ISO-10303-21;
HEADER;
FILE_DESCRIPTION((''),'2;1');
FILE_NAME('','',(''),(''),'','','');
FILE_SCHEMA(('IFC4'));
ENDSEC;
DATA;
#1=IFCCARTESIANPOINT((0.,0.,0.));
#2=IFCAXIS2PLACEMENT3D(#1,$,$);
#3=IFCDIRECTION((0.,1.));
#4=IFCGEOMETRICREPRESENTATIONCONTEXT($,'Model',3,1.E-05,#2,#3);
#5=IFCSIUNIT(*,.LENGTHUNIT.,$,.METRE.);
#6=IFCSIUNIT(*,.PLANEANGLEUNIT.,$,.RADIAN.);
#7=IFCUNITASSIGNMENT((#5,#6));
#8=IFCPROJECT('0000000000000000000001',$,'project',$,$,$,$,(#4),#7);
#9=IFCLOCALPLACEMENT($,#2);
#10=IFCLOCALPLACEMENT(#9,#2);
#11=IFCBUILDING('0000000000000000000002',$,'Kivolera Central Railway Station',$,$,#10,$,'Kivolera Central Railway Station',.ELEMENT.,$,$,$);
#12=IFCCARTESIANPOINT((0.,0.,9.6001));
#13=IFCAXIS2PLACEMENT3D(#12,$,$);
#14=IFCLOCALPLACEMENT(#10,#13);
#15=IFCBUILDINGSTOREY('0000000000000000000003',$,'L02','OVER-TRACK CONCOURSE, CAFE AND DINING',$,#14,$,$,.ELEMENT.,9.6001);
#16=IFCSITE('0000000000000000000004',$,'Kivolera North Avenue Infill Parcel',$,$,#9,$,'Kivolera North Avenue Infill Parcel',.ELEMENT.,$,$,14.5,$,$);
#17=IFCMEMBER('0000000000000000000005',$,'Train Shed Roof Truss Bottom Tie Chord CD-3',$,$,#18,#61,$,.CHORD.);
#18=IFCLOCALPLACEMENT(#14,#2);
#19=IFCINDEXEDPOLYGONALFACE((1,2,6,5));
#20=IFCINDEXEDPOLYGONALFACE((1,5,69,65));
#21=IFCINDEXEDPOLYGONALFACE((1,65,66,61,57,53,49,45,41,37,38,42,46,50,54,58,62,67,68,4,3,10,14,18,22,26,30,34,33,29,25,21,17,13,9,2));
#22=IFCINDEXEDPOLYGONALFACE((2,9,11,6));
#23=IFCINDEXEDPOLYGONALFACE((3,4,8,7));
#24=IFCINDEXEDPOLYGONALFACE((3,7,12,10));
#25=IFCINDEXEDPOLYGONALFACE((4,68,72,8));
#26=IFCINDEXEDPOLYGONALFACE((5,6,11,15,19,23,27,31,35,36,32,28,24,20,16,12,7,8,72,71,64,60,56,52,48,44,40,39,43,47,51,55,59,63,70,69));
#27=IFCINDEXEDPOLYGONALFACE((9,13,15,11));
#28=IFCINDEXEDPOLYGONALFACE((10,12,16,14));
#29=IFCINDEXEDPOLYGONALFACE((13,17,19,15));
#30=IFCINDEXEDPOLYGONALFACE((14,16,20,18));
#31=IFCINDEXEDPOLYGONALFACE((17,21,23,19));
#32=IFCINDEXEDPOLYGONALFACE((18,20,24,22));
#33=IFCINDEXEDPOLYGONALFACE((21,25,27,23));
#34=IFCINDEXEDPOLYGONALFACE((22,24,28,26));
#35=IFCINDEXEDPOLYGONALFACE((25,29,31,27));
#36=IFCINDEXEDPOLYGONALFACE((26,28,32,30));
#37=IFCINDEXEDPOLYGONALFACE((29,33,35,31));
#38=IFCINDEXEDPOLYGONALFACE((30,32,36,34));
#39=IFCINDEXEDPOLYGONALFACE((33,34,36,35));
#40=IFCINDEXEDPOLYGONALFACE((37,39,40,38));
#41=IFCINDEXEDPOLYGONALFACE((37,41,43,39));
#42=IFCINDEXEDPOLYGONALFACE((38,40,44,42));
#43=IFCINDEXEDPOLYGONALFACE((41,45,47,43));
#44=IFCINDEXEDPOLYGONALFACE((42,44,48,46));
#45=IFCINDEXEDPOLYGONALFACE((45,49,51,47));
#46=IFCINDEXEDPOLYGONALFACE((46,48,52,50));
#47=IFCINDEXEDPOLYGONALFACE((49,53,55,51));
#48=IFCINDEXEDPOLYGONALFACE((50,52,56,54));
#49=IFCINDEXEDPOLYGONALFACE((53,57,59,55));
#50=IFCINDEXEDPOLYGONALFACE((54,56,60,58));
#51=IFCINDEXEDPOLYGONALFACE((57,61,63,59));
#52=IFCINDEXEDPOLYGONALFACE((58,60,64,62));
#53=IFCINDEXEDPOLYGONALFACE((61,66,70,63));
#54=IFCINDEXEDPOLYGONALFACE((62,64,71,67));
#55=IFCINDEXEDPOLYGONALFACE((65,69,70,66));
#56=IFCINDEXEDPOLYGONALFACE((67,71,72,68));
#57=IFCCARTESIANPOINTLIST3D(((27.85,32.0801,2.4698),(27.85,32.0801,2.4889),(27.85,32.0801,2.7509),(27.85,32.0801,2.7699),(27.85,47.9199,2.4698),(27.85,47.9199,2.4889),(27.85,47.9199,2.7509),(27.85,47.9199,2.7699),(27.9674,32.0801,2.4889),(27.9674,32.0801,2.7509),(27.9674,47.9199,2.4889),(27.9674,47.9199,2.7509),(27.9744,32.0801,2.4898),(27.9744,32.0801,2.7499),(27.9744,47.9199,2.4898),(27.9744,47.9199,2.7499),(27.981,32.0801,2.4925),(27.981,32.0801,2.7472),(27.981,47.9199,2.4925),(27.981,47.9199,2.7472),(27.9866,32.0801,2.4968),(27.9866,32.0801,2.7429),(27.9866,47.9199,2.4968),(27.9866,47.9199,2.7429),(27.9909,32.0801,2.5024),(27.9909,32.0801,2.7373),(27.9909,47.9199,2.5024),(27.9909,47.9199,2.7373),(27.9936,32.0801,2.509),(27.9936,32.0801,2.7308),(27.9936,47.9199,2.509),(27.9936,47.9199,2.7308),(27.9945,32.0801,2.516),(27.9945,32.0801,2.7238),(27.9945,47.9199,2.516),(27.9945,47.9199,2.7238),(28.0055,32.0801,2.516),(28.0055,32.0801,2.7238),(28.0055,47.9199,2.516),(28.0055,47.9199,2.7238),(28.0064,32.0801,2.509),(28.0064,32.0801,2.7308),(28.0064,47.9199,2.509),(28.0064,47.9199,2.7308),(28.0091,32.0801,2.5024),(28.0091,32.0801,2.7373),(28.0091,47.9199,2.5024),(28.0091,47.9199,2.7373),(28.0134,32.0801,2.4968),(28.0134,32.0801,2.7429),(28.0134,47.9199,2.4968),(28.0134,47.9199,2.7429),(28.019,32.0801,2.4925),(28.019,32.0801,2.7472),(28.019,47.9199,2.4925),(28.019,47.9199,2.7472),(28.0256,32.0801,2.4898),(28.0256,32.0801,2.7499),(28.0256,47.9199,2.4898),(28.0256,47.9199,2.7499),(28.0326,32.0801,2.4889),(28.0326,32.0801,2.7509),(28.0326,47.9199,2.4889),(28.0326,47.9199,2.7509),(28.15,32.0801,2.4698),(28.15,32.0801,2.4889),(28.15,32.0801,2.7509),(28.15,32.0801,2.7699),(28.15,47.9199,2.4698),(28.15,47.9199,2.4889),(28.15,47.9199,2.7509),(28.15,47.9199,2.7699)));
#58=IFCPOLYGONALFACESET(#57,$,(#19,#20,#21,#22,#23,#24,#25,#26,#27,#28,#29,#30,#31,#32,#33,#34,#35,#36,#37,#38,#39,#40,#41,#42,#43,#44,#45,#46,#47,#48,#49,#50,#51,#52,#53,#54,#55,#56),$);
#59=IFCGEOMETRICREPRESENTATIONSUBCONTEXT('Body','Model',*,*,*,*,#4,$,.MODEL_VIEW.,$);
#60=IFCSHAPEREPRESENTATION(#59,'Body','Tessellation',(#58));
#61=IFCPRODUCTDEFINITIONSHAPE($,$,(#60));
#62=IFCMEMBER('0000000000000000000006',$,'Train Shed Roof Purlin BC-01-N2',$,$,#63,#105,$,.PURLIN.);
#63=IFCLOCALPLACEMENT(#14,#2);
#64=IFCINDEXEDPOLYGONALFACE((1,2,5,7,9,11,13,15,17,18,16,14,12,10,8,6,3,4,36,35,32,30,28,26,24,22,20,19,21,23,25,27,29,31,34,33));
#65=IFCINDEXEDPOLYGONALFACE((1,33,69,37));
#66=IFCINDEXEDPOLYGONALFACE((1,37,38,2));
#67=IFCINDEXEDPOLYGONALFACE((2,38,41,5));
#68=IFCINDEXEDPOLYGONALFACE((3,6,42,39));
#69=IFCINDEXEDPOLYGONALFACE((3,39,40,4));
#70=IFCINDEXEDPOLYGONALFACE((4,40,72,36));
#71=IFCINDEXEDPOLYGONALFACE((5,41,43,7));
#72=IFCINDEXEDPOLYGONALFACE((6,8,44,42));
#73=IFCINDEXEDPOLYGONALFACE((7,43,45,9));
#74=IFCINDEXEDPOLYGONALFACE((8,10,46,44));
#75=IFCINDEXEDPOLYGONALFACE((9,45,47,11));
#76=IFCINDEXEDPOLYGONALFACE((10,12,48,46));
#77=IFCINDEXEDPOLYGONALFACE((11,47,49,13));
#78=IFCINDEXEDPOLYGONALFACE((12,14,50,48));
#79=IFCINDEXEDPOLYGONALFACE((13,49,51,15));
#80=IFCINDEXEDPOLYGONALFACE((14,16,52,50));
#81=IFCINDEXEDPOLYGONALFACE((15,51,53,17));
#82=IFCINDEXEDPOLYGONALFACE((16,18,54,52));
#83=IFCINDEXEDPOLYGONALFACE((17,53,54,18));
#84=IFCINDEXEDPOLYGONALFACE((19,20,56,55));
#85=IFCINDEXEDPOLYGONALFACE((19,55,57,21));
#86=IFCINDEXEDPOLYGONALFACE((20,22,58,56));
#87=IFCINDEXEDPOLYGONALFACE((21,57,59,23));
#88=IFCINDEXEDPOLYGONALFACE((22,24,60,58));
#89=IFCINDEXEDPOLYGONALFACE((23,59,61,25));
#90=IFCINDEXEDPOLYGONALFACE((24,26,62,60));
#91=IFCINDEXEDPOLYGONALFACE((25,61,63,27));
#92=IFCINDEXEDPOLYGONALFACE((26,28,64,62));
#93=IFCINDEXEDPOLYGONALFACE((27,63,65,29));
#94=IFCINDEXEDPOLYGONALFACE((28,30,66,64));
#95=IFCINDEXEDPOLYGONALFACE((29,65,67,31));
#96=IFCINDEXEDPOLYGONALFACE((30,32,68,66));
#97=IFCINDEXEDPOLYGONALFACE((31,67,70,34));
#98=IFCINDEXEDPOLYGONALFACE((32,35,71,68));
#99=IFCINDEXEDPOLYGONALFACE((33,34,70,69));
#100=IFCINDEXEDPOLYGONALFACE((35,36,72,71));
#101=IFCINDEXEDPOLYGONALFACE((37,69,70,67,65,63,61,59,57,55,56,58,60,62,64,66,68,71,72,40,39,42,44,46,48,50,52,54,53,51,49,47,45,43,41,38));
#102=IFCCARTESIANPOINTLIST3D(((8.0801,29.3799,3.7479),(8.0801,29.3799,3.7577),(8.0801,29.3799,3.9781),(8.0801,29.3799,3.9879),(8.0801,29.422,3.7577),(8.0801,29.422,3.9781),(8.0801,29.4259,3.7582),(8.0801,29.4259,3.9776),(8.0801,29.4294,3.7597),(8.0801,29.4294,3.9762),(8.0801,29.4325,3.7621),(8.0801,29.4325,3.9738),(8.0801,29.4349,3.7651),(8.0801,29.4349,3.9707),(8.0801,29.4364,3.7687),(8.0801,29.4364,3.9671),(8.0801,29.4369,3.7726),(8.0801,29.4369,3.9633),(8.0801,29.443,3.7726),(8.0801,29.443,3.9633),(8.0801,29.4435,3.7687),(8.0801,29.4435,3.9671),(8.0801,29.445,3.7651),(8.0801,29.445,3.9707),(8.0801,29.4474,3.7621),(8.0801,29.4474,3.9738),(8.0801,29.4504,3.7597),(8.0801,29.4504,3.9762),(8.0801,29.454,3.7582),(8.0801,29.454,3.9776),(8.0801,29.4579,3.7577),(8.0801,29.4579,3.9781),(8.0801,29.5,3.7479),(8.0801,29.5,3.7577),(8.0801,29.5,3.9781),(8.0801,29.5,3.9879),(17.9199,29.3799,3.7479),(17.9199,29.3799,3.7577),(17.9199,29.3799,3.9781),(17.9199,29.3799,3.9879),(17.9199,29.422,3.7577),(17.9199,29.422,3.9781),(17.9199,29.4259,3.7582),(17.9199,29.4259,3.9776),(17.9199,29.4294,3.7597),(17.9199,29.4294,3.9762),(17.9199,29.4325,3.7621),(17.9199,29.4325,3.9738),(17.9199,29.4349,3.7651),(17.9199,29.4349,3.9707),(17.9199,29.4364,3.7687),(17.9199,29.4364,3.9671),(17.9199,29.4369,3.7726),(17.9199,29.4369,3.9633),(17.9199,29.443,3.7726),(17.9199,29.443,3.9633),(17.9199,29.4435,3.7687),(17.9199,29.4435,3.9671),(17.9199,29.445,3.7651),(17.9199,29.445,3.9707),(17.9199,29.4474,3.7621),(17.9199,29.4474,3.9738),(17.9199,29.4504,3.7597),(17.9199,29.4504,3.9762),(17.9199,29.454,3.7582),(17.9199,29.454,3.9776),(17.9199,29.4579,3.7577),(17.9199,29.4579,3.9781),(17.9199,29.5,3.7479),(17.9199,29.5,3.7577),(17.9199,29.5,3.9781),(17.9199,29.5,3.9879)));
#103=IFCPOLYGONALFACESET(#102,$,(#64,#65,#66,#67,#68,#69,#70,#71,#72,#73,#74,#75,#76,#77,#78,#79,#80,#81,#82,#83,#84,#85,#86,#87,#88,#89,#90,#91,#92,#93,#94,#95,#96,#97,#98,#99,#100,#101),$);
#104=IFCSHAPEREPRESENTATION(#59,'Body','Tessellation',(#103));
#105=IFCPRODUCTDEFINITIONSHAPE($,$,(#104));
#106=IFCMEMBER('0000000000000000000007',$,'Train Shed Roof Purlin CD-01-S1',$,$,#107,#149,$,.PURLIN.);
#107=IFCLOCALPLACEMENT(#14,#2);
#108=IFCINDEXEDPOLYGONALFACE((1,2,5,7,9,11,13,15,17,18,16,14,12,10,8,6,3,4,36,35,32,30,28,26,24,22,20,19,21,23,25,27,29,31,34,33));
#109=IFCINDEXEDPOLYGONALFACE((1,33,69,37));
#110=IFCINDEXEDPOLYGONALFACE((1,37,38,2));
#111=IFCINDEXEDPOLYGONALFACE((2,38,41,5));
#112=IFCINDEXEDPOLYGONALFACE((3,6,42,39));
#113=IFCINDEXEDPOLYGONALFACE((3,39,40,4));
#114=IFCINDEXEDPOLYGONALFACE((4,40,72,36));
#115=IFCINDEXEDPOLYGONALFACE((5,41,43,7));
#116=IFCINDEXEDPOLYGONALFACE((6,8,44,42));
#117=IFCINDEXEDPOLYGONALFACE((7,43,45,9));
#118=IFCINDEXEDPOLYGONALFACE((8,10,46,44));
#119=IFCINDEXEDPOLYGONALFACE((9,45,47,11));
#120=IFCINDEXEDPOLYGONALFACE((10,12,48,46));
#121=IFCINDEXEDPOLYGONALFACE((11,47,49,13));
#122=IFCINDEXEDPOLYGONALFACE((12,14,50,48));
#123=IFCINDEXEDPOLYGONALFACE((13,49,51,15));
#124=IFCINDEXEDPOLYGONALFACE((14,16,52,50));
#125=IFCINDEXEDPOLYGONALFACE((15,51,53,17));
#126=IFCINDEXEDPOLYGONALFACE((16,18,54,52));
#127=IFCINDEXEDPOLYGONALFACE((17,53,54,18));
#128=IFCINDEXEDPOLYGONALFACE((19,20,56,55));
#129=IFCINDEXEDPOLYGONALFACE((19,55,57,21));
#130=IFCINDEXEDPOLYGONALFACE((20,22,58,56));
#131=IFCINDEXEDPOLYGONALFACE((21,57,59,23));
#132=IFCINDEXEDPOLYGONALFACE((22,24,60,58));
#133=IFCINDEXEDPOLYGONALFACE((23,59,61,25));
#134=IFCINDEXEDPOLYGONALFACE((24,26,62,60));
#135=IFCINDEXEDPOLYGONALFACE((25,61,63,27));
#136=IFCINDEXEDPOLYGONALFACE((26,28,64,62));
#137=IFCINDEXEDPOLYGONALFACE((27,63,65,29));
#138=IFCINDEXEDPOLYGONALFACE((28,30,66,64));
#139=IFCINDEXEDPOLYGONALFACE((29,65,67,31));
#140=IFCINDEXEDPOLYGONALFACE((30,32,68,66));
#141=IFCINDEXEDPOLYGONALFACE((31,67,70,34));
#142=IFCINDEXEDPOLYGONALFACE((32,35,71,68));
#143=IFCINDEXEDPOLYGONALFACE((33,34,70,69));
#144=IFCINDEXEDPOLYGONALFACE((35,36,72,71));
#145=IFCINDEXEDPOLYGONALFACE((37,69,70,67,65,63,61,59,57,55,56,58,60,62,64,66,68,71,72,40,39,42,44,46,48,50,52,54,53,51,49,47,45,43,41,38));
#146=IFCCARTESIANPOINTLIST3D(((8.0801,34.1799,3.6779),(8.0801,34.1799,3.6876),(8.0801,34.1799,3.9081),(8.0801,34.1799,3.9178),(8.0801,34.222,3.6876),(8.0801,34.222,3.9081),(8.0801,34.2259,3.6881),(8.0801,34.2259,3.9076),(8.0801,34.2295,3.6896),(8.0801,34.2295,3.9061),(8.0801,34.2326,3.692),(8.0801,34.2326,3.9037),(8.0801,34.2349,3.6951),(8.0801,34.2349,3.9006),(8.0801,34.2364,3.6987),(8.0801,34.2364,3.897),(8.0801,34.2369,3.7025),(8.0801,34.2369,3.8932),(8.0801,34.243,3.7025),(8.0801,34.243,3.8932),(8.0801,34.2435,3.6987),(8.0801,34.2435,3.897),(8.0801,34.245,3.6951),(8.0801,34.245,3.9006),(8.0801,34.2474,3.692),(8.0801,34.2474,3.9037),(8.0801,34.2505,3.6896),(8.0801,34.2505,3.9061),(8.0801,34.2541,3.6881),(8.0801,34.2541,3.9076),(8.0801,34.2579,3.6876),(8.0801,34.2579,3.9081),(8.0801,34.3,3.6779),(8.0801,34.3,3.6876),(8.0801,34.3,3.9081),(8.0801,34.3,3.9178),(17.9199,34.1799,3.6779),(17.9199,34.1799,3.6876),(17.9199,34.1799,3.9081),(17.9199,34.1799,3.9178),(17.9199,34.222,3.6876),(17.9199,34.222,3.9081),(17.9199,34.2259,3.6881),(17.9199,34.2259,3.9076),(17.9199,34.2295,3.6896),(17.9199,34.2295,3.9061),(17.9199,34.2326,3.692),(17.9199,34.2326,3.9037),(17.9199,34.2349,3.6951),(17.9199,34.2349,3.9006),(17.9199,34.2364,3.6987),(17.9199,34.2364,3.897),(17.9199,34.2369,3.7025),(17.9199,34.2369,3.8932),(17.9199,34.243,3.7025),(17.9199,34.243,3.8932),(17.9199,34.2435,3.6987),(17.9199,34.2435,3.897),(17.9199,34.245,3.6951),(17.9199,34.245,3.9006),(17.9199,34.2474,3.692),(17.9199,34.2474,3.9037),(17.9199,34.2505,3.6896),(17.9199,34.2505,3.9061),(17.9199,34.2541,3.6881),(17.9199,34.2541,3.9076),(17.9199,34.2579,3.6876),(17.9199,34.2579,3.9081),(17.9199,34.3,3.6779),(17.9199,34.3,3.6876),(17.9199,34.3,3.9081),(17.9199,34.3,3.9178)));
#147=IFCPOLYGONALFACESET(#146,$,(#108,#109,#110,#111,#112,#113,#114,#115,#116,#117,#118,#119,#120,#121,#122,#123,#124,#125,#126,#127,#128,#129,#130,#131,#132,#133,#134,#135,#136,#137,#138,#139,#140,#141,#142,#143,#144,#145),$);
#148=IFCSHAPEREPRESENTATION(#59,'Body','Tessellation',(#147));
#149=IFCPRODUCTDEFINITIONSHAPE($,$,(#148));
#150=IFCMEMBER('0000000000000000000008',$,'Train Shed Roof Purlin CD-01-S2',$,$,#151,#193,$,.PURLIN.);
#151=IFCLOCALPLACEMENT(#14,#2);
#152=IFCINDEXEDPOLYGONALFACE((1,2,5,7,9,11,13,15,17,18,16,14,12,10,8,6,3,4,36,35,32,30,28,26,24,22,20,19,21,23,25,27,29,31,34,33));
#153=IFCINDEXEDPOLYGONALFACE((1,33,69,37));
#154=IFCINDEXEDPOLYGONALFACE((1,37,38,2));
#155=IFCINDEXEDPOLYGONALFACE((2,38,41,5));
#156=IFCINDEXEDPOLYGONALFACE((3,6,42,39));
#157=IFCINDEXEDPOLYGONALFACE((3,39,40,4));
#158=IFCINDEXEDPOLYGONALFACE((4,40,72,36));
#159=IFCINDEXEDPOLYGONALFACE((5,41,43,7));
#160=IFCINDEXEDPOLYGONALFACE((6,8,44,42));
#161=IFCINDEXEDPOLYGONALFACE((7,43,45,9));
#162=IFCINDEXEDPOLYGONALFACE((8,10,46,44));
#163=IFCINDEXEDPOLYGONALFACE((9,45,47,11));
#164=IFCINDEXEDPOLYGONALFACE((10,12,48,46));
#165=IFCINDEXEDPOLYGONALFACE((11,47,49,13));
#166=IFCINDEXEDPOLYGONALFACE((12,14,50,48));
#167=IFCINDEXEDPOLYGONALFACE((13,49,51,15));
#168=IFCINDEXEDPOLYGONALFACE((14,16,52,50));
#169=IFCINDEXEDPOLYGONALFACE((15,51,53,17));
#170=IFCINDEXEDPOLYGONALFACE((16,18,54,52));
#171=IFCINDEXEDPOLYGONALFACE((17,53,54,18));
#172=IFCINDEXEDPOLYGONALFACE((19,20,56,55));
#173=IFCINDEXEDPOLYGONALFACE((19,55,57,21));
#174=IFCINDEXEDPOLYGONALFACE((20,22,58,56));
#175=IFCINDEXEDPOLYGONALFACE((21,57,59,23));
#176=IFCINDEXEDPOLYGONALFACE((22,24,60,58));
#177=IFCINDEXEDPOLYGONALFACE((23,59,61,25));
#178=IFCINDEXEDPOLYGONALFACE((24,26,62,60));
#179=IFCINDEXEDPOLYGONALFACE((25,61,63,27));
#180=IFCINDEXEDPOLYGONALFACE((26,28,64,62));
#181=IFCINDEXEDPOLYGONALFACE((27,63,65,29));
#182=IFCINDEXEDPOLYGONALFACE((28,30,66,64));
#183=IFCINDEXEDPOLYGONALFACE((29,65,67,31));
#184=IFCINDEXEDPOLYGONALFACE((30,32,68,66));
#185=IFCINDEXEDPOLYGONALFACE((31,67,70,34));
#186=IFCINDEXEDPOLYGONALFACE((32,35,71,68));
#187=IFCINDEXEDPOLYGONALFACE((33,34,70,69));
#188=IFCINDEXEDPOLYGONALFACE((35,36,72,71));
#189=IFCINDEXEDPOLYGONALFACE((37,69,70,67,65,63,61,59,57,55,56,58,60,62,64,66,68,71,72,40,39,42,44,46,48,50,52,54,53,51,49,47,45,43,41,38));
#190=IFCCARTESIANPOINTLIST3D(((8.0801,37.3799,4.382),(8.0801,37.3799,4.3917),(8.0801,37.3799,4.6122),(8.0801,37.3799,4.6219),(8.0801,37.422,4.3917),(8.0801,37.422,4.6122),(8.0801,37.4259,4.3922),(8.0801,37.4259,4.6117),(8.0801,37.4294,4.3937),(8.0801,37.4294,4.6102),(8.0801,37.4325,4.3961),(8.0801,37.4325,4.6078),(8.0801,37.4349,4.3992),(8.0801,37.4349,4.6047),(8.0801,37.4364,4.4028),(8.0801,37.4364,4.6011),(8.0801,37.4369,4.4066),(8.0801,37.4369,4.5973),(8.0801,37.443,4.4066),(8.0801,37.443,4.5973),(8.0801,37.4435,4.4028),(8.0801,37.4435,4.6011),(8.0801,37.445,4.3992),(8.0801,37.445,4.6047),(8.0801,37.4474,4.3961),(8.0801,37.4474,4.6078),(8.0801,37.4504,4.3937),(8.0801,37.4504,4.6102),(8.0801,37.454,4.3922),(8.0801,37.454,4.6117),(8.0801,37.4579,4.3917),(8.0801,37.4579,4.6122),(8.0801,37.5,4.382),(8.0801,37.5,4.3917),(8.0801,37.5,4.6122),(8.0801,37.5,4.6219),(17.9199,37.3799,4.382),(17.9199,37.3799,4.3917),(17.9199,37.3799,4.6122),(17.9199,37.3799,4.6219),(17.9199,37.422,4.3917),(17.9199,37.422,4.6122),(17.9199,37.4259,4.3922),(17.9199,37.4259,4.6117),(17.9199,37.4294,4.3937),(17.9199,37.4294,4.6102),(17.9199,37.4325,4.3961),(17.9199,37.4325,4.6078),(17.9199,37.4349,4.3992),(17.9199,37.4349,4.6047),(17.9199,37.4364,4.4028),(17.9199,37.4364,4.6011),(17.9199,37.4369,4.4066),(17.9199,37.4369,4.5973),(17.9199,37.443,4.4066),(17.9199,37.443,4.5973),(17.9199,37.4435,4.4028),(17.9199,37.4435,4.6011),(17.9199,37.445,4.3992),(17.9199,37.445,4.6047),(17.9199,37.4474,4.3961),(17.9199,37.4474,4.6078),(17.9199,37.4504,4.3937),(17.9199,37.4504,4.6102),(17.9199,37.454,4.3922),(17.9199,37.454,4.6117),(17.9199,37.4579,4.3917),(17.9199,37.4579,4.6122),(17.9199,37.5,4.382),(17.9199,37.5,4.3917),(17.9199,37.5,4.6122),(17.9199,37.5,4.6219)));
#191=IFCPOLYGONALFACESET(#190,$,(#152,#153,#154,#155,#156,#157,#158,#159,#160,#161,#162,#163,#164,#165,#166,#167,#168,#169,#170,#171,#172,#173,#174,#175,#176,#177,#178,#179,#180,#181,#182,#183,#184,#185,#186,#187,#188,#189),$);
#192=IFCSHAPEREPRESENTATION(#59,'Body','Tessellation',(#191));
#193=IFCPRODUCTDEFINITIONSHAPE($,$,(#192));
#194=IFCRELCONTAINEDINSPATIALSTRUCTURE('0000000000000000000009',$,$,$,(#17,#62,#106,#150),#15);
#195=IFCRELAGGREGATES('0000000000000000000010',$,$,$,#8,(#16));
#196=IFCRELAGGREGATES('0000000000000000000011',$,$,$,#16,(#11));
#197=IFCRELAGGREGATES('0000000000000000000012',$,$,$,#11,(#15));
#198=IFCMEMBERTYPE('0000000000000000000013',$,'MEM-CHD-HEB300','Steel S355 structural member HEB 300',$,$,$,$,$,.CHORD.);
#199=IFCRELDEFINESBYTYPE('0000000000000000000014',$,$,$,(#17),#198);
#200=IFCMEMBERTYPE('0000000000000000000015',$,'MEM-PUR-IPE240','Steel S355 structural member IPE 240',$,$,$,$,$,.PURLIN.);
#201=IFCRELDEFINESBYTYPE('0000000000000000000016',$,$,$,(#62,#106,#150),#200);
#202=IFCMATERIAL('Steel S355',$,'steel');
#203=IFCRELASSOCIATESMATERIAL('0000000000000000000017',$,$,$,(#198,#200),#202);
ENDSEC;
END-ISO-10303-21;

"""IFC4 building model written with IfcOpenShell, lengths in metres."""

from ifc_helpers import new_model, si_unit, direction, frame, origin, origin_2d, place, context, subcontext, project, spatial, i_section, extrude, material, material_profile, profile_set, type_object, element, save


model = new_model("IFC4")

# Units and contexts
model_context = context("Model", 3, precision=1e-05, world=origin(), true_north=direction((0.0, 1.0)))
body_context = subcontext(model_context, "Body", "Model", "MODEL_VIEW")
ifc_project = project(units=[si_unit("LENGTHUNIT", "METRE"), si_unit("PLANEANGLEUNIT", "RADIAN")], contexts=[model_context])

# Site, building, storey
site_placement = place(None, origin())
site = spatial("IfcSite", under=ifc_project, at=site_placement, Name="Kivolera North Avenue Infill Parcel", LongName="Kivolera North Avenue Infill Parcel", CompositionType="ELEMENT", RefElevation=14.5)
building_placement = place(site_placement, origin())
building = spatial("IfcBuilding", under=site, at=building_placement, Name="Kivolera Central Railway Station", LongName="Kivolera Central Railway Station", CompositionType="ELEMENT")
storey_placement = place(building_placement, frame((0.0, 0.0, 9.6001)))
storey = spatial("IfcBuildingStorey", under=building, at=storey_placement, Name="L02", Description="OVER-TRACK CONCOURSE, CAFE AND DINING", CompositionType="ELEMENT", Elevation=9.6001)

# Shared definitions
ifc_material_1 = material(Name="Steel S355", Category="steel")

# Members
ifc_material_profile_1 = material_profile(ifc_material_1, i_section(OverallWidth=0.3, OverallDepth=0.3, WebThickness=0.011, FlangeThickness=0.019, FilletRadius=0.0271, at=origin_2d()), Name="HEB 300")
ifc_profile_set_1 = profile_set([ifc_material_profile_1], Name="Steel S355")
member_type_1 = type_object("IfcMemberType", Name="MEM-CHD-HEB300", Description="Steel S355 structural member HEB 300", PredefinedType="CHORD", material=ifc_profile_set_1)
for number, where, z_axis, x_axis, name in (
    (1, (28.0, 32.0801, 2.6199), (0.0, 1.0, 0.0), (-1.0, 0.0, 0.0), "Train Shed Roof Truss Bottom Tie Chord CD-3"),
):
    element("IfcMember", number, at=place(storey_placement, frame(where, z_axis=z_axis, x_axis=x_axis)), inside=storey, type_object=member_type_1, Name=name, PredefinedType="CHORD", context=body_context, shape_type="SweptSolid", body=[
        extrude(i_section(OverallWidth=0.3, OverallDepth=0.3, WebThickness=0.011, FlangeThickness=0.019, FilletRadius=0.0271, at=origin_2d()), origin(), (0.0, 0.0, 1.0), 15.8398),
    ])
ifc_material_profile_2 = material_profile(ifc_material_1, i_section(OverallWidth=0.1201, OverallDepth=0.24, WebThickness=0.0061, FlangeThickness=0.0098, FilletRadius=0.0149, at=origin_2d()), Name="IPE 240")
ifc_profile_set_2 = profile_set([ifc_material_profile_2], Name="Steel S355")
member_type_2 = type_object("IfcMemberType", Name="MEM-PUR-IPE240", Description="Steel S355 structural member IPE 240", PredefinedType="PURLIN", material=ifc_profile_set_2)
for number, where, z_axis, x_axis, name in (
    (2, (8.0801, 29.4399, 3.8679), (1.0, 0.0, 0.0), (0.0, 1.0, 0.0), "Train Shed Roof Purlin BC-01-N2"),
    (3, (8.0801, 34.24, 3.7979), (1.0, 0.0, 0.0), (0.0, 1.0, 0.0), "Train Shed Roof Purlin CD-01-S1"),
    (4, (8.0801, 37.4399, 4.502), (1.0, 0.0, 0.0), (0.0, 1.0, 0.0), "Train Shed Roof Purlin CD-01-S2"),
):
    element("IfcMember", number, at=place(storey_placement, frame(where, z_axis=z_axis, x_axis=x_axis)), inside=storey, type_object=member_type_2, Name=name, PredefinedType="PURLIN", context=body_context, shape_type="SweptSolid", body=[
        extrude(i_section(OverallWidth=0.1201, OverallDepth=0.24, WebThickness=0.0061, FlangeThickness=0.0098, FilletRadius=0.0149, at=origin_2d()), origin(), (0.0, 0.0, 1.0), 9.8398),
    ])

save(model, "model.ifc")
